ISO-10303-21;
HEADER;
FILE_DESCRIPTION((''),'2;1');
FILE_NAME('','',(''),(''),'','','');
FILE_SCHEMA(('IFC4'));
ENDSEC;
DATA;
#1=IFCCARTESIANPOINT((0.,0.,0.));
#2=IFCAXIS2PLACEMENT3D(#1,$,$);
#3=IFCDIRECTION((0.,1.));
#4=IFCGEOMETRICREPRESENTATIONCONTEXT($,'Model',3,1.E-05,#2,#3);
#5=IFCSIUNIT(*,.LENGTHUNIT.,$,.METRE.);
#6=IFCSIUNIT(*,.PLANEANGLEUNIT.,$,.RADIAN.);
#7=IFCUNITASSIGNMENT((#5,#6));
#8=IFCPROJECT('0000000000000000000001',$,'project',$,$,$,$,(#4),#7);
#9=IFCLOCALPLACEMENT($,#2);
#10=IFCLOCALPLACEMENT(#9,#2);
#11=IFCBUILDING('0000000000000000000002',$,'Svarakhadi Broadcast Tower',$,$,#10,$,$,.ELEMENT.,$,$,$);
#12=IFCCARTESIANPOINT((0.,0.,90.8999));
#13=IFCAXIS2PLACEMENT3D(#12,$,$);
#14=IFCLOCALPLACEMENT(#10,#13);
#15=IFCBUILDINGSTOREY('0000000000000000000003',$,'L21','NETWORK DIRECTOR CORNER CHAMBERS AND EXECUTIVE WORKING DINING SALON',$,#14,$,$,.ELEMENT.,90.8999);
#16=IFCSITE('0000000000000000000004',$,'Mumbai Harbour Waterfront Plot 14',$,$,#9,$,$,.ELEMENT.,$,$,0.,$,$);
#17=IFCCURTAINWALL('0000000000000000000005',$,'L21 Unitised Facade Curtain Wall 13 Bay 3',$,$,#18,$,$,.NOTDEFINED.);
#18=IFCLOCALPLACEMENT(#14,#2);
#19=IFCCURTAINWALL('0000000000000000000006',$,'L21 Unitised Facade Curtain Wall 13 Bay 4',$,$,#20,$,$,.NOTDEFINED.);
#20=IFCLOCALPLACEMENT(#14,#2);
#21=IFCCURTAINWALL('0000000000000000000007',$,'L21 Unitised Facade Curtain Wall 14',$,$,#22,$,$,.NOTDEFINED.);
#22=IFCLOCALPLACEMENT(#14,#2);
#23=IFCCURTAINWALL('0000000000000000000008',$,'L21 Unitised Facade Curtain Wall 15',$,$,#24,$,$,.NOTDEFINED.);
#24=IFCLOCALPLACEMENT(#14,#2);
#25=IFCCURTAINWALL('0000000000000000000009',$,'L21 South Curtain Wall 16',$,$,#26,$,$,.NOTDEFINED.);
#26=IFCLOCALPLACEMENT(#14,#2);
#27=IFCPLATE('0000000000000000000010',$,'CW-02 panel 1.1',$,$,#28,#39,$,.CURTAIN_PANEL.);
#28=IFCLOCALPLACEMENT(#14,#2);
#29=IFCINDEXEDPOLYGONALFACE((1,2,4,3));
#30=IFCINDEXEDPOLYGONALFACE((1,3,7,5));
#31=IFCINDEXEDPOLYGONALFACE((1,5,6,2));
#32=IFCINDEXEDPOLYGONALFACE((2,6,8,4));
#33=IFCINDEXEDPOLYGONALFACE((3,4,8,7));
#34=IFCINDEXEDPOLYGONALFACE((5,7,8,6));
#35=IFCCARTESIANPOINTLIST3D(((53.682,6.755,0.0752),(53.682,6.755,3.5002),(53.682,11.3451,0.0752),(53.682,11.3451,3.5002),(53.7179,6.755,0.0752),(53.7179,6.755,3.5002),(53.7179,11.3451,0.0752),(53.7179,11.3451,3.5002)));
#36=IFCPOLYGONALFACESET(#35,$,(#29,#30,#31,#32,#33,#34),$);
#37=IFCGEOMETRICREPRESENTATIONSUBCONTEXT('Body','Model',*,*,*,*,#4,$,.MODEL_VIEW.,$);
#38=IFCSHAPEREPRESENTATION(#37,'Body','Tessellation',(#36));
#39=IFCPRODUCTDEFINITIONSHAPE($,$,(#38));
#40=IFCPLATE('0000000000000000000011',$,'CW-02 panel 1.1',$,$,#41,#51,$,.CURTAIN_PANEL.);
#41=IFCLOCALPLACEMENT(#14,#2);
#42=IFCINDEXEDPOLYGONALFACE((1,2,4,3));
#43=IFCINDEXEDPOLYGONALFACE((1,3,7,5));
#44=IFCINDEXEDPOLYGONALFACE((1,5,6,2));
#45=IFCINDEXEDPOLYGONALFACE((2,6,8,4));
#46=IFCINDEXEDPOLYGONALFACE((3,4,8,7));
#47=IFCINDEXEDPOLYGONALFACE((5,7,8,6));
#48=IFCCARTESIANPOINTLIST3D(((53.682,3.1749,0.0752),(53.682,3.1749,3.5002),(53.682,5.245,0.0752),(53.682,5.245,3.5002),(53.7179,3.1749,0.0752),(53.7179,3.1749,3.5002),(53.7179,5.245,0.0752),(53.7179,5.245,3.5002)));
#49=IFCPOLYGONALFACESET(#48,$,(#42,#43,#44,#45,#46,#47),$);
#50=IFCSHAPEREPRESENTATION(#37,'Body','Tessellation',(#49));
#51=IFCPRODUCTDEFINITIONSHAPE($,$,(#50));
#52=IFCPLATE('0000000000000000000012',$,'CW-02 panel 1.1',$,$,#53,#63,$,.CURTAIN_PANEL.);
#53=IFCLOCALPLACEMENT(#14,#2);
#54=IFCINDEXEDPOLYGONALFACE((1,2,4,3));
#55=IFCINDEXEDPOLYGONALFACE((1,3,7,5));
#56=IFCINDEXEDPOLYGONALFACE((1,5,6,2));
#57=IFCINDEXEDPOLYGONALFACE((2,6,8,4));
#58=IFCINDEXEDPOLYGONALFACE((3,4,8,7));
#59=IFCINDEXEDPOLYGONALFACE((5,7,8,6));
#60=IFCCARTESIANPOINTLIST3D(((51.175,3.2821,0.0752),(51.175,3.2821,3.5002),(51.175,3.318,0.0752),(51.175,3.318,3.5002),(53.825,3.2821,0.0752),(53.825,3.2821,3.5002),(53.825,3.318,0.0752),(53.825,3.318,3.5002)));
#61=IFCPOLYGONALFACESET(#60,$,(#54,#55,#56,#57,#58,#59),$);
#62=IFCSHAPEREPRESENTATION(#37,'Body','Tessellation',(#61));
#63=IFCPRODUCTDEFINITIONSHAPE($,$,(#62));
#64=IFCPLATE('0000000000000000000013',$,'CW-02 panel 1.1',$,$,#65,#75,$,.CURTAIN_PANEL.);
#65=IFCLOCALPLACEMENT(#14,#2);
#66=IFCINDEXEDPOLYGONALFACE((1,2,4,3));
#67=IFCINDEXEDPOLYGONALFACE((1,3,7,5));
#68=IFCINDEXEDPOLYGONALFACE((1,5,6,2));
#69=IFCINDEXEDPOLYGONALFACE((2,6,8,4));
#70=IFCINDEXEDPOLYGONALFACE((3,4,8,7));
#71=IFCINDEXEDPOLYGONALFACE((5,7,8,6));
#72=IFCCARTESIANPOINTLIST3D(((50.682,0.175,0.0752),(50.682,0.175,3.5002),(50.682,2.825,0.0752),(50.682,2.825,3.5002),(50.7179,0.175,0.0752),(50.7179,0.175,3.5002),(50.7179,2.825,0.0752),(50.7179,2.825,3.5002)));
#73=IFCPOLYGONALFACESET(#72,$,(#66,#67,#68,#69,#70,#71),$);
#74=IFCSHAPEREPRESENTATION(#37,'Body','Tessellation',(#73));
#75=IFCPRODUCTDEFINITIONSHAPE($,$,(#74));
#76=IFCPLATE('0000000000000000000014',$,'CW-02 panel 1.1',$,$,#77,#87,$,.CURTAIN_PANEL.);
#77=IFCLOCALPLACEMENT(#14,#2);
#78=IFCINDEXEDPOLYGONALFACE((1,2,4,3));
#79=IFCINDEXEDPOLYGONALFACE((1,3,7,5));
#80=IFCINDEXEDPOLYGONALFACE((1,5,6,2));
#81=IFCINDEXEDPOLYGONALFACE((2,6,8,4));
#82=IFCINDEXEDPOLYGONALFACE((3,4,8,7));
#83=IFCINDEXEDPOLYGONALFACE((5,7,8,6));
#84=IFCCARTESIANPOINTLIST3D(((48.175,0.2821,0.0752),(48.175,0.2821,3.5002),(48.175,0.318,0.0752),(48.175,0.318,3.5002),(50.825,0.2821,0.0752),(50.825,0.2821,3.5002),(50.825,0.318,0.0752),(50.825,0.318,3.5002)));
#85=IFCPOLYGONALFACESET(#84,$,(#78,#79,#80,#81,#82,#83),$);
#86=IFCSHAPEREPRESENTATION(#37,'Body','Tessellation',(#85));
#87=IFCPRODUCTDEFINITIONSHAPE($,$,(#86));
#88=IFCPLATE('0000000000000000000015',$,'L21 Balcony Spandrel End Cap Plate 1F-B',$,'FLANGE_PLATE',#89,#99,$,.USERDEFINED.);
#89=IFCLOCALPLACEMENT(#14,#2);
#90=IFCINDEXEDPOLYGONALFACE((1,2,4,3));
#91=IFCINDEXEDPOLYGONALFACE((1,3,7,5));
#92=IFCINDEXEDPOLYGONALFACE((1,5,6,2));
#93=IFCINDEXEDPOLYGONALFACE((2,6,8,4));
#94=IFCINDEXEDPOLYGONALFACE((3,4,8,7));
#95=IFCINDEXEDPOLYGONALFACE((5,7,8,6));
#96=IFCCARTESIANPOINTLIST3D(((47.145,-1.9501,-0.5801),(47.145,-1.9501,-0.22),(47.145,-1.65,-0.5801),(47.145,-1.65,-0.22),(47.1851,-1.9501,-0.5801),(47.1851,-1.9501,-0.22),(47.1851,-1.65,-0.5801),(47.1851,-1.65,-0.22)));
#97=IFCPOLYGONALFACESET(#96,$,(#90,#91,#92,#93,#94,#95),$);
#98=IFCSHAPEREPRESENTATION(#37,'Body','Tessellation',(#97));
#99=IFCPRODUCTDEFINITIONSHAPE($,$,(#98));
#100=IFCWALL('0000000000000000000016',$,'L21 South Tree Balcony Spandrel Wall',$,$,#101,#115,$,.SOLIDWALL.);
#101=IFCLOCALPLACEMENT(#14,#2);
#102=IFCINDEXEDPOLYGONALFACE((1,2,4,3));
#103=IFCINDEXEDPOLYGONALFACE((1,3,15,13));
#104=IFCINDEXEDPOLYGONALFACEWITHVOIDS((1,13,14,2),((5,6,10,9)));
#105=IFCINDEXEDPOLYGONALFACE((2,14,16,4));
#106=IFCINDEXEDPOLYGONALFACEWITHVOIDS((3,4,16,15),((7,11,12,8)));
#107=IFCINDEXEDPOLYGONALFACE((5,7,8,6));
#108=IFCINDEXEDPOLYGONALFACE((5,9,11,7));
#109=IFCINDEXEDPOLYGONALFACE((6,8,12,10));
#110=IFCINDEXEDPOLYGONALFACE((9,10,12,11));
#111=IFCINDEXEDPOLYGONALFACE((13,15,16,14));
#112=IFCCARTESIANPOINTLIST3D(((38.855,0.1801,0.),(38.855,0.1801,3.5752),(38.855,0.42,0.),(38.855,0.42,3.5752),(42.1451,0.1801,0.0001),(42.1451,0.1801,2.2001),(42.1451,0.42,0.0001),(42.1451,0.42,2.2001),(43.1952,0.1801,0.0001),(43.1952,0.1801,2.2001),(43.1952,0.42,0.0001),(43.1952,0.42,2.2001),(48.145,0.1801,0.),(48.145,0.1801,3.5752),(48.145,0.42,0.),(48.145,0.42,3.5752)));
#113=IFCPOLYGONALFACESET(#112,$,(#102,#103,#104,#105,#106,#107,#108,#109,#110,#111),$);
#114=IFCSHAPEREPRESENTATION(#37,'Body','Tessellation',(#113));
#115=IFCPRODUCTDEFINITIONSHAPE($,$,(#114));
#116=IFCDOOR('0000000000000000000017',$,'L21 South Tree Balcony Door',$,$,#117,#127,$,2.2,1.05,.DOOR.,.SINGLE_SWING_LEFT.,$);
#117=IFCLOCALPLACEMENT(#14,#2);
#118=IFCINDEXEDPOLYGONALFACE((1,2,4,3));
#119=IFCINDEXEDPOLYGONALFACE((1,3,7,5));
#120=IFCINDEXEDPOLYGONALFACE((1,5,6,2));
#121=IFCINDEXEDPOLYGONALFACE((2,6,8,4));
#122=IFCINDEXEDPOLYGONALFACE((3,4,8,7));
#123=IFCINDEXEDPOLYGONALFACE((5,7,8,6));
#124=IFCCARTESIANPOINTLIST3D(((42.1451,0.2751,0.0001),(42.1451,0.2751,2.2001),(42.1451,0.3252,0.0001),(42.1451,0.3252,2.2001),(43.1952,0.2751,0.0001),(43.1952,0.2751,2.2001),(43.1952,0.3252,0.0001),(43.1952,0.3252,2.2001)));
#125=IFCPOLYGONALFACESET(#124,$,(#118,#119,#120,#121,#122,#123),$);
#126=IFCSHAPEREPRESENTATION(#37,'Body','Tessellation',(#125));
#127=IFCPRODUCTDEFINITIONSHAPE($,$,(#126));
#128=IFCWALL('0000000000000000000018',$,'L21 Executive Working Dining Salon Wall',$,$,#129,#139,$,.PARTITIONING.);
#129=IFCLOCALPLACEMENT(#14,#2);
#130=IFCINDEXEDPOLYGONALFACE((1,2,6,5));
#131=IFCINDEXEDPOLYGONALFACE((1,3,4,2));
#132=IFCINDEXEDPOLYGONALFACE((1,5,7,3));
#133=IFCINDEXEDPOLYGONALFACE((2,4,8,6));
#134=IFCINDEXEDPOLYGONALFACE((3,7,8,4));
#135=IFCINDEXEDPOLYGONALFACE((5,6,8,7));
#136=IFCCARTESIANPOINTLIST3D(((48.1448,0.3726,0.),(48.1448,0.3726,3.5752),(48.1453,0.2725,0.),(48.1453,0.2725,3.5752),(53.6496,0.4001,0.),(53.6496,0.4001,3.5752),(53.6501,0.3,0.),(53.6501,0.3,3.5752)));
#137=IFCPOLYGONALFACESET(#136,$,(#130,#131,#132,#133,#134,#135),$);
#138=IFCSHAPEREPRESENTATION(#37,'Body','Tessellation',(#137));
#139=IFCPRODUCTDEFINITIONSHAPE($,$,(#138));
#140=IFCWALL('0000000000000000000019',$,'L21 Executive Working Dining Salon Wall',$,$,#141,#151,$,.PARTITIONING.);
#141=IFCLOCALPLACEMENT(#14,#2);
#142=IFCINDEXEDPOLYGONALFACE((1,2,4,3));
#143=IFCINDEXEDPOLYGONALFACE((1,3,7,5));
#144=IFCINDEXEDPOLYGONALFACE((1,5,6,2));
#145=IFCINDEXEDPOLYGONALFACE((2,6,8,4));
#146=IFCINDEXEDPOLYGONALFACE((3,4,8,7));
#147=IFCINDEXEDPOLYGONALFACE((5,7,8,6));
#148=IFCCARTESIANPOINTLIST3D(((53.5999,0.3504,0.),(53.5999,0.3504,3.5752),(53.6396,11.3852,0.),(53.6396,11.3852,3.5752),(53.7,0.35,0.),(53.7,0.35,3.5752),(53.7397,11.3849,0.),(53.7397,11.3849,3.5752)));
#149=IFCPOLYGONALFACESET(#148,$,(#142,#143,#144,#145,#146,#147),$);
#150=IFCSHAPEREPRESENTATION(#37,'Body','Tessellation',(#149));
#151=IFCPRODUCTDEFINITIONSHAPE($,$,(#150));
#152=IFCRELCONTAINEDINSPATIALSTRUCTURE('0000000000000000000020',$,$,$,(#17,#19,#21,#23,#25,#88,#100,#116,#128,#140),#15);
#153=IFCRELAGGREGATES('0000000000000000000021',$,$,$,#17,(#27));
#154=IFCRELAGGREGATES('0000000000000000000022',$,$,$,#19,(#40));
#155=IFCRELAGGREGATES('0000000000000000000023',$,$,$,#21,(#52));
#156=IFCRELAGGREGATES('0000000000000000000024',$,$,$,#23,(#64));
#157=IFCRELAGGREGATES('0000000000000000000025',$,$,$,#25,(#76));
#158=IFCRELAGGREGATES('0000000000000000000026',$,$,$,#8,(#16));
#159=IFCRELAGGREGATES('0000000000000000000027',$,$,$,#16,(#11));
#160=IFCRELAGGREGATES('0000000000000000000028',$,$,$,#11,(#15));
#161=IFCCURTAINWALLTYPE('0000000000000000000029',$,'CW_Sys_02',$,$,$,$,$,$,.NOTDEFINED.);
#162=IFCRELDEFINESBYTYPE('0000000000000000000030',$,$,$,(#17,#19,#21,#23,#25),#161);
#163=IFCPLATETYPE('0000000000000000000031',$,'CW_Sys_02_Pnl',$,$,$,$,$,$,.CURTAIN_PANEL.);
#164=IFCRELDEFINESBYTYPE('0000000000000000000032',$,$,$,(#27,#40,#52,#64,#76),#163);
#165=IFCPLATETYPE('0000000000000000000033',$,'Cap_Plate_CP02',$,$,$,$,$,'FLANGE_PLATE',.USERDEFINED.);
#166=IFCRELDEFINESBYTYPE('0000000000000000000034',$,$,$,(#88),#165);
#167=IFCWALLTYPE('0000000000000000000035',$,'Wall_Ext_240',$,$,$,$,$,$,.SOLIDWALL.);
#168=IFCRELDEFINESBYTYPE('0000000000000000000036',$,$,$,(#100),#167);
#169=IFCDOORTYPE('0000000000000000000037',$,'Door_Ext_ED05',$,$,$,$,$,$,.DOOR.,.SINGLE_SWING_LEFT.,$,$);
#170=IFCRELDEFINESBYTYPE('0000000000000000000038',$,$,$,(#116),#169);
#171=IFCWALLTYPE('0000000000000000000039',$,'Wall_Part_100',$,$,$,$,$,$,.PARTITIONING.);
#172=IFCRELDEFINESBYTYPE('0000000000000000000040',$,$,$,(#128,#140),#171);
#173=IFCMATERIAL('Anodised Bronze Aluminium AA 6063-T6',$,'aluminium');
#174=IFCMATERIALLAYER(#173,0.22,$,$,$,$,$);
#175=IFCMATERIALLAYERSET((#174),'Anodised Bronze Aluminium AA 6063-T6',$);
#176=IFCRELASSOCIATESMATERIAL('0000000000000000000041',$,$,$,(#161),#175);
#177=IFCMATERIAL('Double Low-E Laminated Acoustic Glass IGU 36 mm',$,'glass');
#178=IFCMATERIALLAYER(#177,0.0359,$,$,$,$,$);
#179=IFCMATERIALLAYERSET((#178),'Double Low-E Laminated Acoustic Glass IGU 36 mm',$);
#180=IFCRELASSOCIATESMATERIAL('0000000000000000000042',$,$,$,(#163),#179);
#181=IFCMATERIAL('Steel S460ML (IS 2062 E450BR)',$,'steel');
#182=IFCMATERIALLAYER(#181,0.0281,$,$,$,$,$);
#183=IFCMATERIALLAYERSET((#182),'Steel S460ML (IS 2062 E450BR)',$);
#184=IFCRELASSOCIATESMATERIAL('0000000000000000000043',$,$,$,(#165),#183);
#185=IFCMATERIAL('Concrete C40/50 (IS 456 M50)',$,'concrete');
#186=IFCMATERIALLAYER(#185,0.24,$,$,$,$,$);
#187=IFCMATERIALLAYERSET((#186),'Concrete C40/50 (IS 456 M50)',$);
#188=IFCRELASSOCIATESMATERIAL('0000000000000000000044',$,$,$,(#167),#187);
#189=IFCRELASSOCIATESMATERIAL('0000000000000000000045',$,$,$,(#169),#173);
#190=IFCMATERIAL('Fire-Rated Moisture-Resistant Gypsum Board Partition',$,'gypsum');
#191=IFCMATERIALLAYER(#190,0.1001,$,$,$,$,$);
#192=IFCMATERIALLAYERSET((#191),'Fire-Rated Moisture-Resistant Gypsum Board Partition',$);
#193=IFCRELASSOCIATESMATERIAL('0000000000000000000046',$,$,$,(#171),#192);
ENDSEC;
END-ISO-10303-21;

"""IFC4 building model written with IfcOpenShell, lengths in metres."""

from ifc_helpers import new_model, si_unit, direction, frame, frame_2d, origin, origin_2d, place, context, subcontext, project, spatial, rectangle, extrude, material, layer, layer_set, type_object, element, fill, aggregate, save


model = new_model("IFC4")

# Units and contexts
model_context = context("Model", 3, precision=1e-05, world=origin(), true_north=direction((0.0, 1.0)))
body_context = subcontext(model_context, "Body", "Model", "MODEL_VIEW")
ifc_project = project(units=[si_unit("LENGTHUNIT", "METRE"), si_unit("PLANEANGLEUNIT", "RADIAN")], contexts=[model_context])

# Site, building, storey
site_placement = place(None, origin())
site = spatial("IfcSite", under=ifc_project, at=site_placement, Name="Mumbai Harbour Waterfront Plot 14", CompositionType="ELEMENT", RefElevation=0.0)
building_placement = place(site_placement, origin())
building = spatial("IfcBuilding", under=site, at=building_placement, Name="Svarakhadi Broadcast Tower", CompositionType="ELEMENT")
storey_placement = place(building_placement, frame((0.0, 0.0, 90.8999)))
storey = spatial("IfcBuildingStorey", under=building, at=storey_placement, Name="L21", Description="NETWORK DIRECTOR CORNER CHAMBERS AND EXECUTIVE WORKING DINING SALON", CompositionType="ELEMENT", Elevation=90.8999)

# Shared definitions
ifc_material_1 = material(Name="Steel S460ML (IS 2062 E450BR)", Category="steel")

# Curtain walls
ifc_material_2 = material(Name="Anodised Bronze Aluminium AA 6063-T6", Category="aluminium")
ifc_layer_1 = layer(ifc_material_2, 0.22)
ifc_layer_set_1 = layer_set([ifc_layer_1], Name="Anodised Bronze Aluminium AA 6063-T6")
curtain_wall_type = type_object("IfcCurtainWallType", Name="CW_Sys_02", PredefinedType="NOTDEFINED", material=ifc_layer_set_1)
curtain_wall_1_placement = place(storey_placement, origin())
curtain_wall_1 = element("IfcCurtainWall", 1, at=curtain_wall_1_placement, inside=storey, type_object=curtain_wall_type, Name="L21 Unitised Facade Curtain Wall 13 Bay 3", PredefinedType="NOTDEFINED")
curtain_wall_2_placement = place(storey_placement, origin())
curtain_wall_2 = element("IfcCurtainWall", 2, at=curtain_wall_2_placement, inside=storey, type_object=curtain_wall_type, Name="L21 Unitised Facade Curtain Wall 13 Bay 4", PredefinedType="NOTDEFINED")
curtain_wall_3_placement = place(storey_placement, origin())
curtain_wall_3 = element("IfcCurtainWall", 3, at=curtain_wall_3_placement, inside=storey, type_object=curtain_wall_type, Name="L21 Unitised Facade Curtain Wall 14", PredefinedType="NOTDEFINED")
curtain_wall_4_placement = place(storey_placement, origin())
curtain_wall_4 = element("IfcCurtainWall", 4, at=curtain_wall_4_placement, inside=storey, type_object=curtain_wall_type, Name="L21 Unitised Facade Curtain Wall 15", PredefinedType="NOTDEFINED")
curtain_wall_5_placement = place(storey_placement, origin())
curtain_wall_5 = element("IfcCurtainWall", 5, at=curtain_wall_5_placement, inside=storey, type_object=curtain_wall_type, Name="L21 South Curtain Wall 16", PredefinedType="NOTDEFINED")

# Plates
ifc_material_3 = material(Name="Double Low-E Laminated Acoustic Glass IGU 36 mm", Category="glass")
ifc_layer_2 = layer(ifc_material_3, 0.0359)
ifc_layer_set_2 = layer_set([ifc_layer_2], Name="Double Low-E Laminated Acoustic Glass IGU 36 mm")
plate_type_1 = type_object("IfcPlateType", Name="CW_Sys_02_Pnl", PredefinedType="CURTAIN_PANEL", material=ifc_layer_set_2)
plate_1_placement = place(storey_placement, frame((53.7, 9.05, 0.0752), z_axis=(0.0, 0.0, 1.0), x_axis=(0.0, -1.0, 0.0)))
plate_1 = element("IfcPlate", 6, at=plate_1_placement, type_object=plate_type_1, Name="CW-02 panel 1.1", PredefinedType="CURTAIN_PANEL", context=body_context, shape_type="SweptSolid", body=[
    extrude(rectangle(XDim=4.5901, YDim=0.0359, at=origin_2d()), origin(), (0.0, 0.0, 1.0), 3.425),
])
aggregate(curtain_wall_1, [plate_1])
plate_2_placement = place(storey_placement, frame((53.7, 4.21, 0.0752), z_axis=(0.0, 0.0, 1.0), x_axis=(0.0, -1.0, 0.0)))
plate_2 = element("IfcPlate", 7, at=plate_2_placement, type_object=plate_type_1, Name="CW-02 panel 1.1", PredefinedType="CURTAIN_PANEL", context=body_context, shape_type="SweptSolid", body=[
    extrude(rectangle(XDim=2.0701, YDim=0.0359, at=origin_2d()), origin(), (0.0, 0.0, 1.0), 3.425),
])
aggregate(curtain_wall_2, [plate_2])
plate_3_placement = place(storey_placement, frame((52.5, 3.3, 0.0752), z_axis=(0.0, 0.0, 1.0), x_axis=(-1.0, 0.0, 0.0)))
plate_3 = element("IfcPlate", 8, at=plate_3_placement, type_object=plate_type_1, Name="CW-02 panel 1.1", PredefinedType="CURTAIN_PANEL", context=body_context, shape_type="SweptSolid", body=[
    extrude(rectangle(XDim=2.6499, YDim=0.0359, at=origin_2d()), origin(), (0.0, 0.0, 1.0), 3.425),
])
aggregate(curtain_wall_3, [plate_3])
plate_4_placement = place(storey_placement, frame((50.7, 1.5, 0.0752), z_axis=(0.0, 0.0, 1.0), x_axis=(0.0, -1.0, 0.0)))
plate_4 = element("IfcPlate", 9, at=plate_4_placement, type_object=plate_type_1, Name="CW-02 panel 1.1", PredefinedType="CURTAIN_PANEL", context=body_context, shape_type="SweptSolid", body=[
    extrude(rectangle(XDim=2.6499, YDim=0.0359, at=origin_2d()), origin(), (0.0, 0.0, 1.0), 3.425),
])
aggregate(curtain_wall_4, [plate_4])
plate_5_placement = place(storey_placement, frame((49.5, 0.3, 0.0752), z_axis=(0.0, 0.0, 1.0), x_axis=(-1.0, 0.0, 0.0)))
plate_5 = element("IfcPlate", 10, at=plate_5_placement, type_object=plate_type_1, Name="CW-02 panel 1.1", PredefinedType="CURTAIN_PANEL", context=body_context, shape_type="SweptSolid", body=[
    extrude(rectangle(XDim=2.6499, YDim=0.0359, at=origin_2d()), origin(), (0.0, 0.0, 1.0), 3.425),
])
aggregate(curtain_wall_5, [plate_5])
ifc_layer_3 = layer(ifc_material_1, 0.0281)
ifc_layer_set_3 = layer_set([ifc_layer_3], Name="Steel S460ML (IS 2062 E450BR)")
plate_type_2 = type_object("IfcPlateType", Name="Cap_Plate_CP02", ElementType="FLANGE_PLATE", PredefinedType="USERDEFINED", material=ifc_layer_set_3)
plate_6_placement = place(storey_placement, frame((47.165, -1.8, -0.5801), z_axis=(0.0, 0.0, 1.0), x_axis=(1.0, 0.0, 0.0)))
element("IfcPlate", 11, at=plate_6_placement, inside=storey, type_object=plate_type_2, Name="L21 Balcony Spandrel End Cap Plate 1F-B", ObjectType="FLANGE_PLATE", PredefinedType="USERDEFINED", context=body_context, shape_type="SweptSolid", body=[
    extrude(rectangle(XDim=0.04, YDim=0.3, at=origin_2d()), origin(), (0.0, 0.0, 1.0), 0.3601),
])

# Wall, opening, door
ifc_material_4 = material(Name="Concrete C40/50 (IS 456 M50)", Category="concrete")
ifc_layer_4 = layer(ifc_material_4, 0.24)
ifc_layer_set_4 = layer_set([ifc_layer_4], Name="Concrete C40/50 (IS 456 M50)")
wall_type_1 = type_object("IfcWallType", Name="Wall_Ext_240", PredefinedType="SOLIDWALL", material=ifc_layer_set_4)
wall_1_placement = place(storey_placement, frame((48.145, 0.3, 0.0), z_axis=(0.0, 0.0, 1.0), x_axis=(-1.0, 0.0, 0.0)))
wall_1 = element("IfcWall", 12, at=wall_1_placement, inside=storey, type_object=wall_type_1, Name="L21 South Tree Balcony Spandrel Wall", PredefinedType="SOLIDWALL", context=body_context, shape_type="SweptSolid", body=[
    extrude(rectangle(XDim=9.29, YDim=0.24, at=frame_2d((4.645, 0.0))), origin(), (0.0, 0.0, 1.0), 3.5752),
])
opening_placement = place(wall_1_placement, frame((4.95, 0.0, 0.0)))
opening = element("IfcOpeningElement", 13, at=opening_placement, cuts=wall_1, PredefinedType="OPENING", context=body_context, shape_type="SweptSolid", body=[
    extrude(rectangle(XDim=1.05, YDim=2.2, at=frame_2d((0.5249, 1.1001))), frame((0.0, 0.1299, 0.0), z_axis=(0.0, -1.0, 0.0), x_axis=(1.0, 0.0, 0.0)), (0.0, 0.0, 1.0), 0.26),
])
door_type = type_object("IfcDoorType", Name="Door_Ext_ED05", OperationType="SINGLE_SWING_LEFT", PredefinedType="DOOR", material=ifc_material_2)
door_placement = place(opening_placement, origin())
door = element("IfcDoor", 14, at=door_placement, inside=storey, type_object=door_type, Name="L21 South Tree Balcony Door", OperationType="SINGLE_SWING_LEFT", OverallHeight=2.2, OverallWidth=1.05, PredefinedType="DOOR", context=body_context, shape_type="SweptSolid", body=[
    extrude(rectangle(XDim=1.05, YDim=2.2, at=frame_2d((0.5249, 1.1001))), frame((0.0, 0.0249, 0.0), z_axis=(0.0, -1.0, 0.0), x_axis=(1.0, 0.0, 0.0)), (0.0, 0.0, 1.0), 0.05),
])
fill(opening, door)

# Walls
ifc_material_5 = material(Name="Fire-Rated Moisture-Resistant Gypsum Board Partition", Category="gypsum")
ifc_layer_5 = layer(ifc_material_5, 0.1001)
ifc_layer_set_5 = layer_set([ifc_layer_5], Name="Fire-Rated Moisture-Resistant Gypsum Board Partition")
wall_type_2 = type_object("IfcWallType", Name="Wall_Part_100", PredefinedType="PARTITIONING", material=ifc_layer_set_5)
wall_2_placement = place(storey_placement, frame((48.145, 0.3225, 0.0), z_axis=(0.0, 0.0, 1.0), x_axis=(0.999987, 0.005011, 0.0)))
element("IfcWall", 15, at=wall_2_placement, inside=storey, type_object=wall_type_2, Name="L21 Executive Working Dining Salon Wall", PredefinedType="PARTITIONING", context=body_context, shape_type="SweptSolid", body=[
    extrude(rectangle(XDim=5.5049, YDim=0.1001, at=frame_2d((2.7524, 0.0))), origin(), (0.0, 0.0, 1.0), 3.5752),
])
wall_3_placement = place(storey_placement, frame((53.6499, 0.3501, 0.0), z_axis=(0.0, 0.0, 1.0), x_axis=(0.003606, 0.999993, 0.0)))
element("IfcWall", 16, at=wall_3_placement, inside=storey, type_object=wall_type_2, Name="L21 Executive Working Dining Salon Wall", PredefinedType="PARTITIONING", context=body_context, shape_type="SweptSolid", body=[
    extrude(rectangle(XDim=11.0349, YDim=0.1001, at=frame_2d((5.5176, 0.0))), origin(), (0.0, 0.0, 1.0), 3.5752),
])

save(model, "model.ifc")
